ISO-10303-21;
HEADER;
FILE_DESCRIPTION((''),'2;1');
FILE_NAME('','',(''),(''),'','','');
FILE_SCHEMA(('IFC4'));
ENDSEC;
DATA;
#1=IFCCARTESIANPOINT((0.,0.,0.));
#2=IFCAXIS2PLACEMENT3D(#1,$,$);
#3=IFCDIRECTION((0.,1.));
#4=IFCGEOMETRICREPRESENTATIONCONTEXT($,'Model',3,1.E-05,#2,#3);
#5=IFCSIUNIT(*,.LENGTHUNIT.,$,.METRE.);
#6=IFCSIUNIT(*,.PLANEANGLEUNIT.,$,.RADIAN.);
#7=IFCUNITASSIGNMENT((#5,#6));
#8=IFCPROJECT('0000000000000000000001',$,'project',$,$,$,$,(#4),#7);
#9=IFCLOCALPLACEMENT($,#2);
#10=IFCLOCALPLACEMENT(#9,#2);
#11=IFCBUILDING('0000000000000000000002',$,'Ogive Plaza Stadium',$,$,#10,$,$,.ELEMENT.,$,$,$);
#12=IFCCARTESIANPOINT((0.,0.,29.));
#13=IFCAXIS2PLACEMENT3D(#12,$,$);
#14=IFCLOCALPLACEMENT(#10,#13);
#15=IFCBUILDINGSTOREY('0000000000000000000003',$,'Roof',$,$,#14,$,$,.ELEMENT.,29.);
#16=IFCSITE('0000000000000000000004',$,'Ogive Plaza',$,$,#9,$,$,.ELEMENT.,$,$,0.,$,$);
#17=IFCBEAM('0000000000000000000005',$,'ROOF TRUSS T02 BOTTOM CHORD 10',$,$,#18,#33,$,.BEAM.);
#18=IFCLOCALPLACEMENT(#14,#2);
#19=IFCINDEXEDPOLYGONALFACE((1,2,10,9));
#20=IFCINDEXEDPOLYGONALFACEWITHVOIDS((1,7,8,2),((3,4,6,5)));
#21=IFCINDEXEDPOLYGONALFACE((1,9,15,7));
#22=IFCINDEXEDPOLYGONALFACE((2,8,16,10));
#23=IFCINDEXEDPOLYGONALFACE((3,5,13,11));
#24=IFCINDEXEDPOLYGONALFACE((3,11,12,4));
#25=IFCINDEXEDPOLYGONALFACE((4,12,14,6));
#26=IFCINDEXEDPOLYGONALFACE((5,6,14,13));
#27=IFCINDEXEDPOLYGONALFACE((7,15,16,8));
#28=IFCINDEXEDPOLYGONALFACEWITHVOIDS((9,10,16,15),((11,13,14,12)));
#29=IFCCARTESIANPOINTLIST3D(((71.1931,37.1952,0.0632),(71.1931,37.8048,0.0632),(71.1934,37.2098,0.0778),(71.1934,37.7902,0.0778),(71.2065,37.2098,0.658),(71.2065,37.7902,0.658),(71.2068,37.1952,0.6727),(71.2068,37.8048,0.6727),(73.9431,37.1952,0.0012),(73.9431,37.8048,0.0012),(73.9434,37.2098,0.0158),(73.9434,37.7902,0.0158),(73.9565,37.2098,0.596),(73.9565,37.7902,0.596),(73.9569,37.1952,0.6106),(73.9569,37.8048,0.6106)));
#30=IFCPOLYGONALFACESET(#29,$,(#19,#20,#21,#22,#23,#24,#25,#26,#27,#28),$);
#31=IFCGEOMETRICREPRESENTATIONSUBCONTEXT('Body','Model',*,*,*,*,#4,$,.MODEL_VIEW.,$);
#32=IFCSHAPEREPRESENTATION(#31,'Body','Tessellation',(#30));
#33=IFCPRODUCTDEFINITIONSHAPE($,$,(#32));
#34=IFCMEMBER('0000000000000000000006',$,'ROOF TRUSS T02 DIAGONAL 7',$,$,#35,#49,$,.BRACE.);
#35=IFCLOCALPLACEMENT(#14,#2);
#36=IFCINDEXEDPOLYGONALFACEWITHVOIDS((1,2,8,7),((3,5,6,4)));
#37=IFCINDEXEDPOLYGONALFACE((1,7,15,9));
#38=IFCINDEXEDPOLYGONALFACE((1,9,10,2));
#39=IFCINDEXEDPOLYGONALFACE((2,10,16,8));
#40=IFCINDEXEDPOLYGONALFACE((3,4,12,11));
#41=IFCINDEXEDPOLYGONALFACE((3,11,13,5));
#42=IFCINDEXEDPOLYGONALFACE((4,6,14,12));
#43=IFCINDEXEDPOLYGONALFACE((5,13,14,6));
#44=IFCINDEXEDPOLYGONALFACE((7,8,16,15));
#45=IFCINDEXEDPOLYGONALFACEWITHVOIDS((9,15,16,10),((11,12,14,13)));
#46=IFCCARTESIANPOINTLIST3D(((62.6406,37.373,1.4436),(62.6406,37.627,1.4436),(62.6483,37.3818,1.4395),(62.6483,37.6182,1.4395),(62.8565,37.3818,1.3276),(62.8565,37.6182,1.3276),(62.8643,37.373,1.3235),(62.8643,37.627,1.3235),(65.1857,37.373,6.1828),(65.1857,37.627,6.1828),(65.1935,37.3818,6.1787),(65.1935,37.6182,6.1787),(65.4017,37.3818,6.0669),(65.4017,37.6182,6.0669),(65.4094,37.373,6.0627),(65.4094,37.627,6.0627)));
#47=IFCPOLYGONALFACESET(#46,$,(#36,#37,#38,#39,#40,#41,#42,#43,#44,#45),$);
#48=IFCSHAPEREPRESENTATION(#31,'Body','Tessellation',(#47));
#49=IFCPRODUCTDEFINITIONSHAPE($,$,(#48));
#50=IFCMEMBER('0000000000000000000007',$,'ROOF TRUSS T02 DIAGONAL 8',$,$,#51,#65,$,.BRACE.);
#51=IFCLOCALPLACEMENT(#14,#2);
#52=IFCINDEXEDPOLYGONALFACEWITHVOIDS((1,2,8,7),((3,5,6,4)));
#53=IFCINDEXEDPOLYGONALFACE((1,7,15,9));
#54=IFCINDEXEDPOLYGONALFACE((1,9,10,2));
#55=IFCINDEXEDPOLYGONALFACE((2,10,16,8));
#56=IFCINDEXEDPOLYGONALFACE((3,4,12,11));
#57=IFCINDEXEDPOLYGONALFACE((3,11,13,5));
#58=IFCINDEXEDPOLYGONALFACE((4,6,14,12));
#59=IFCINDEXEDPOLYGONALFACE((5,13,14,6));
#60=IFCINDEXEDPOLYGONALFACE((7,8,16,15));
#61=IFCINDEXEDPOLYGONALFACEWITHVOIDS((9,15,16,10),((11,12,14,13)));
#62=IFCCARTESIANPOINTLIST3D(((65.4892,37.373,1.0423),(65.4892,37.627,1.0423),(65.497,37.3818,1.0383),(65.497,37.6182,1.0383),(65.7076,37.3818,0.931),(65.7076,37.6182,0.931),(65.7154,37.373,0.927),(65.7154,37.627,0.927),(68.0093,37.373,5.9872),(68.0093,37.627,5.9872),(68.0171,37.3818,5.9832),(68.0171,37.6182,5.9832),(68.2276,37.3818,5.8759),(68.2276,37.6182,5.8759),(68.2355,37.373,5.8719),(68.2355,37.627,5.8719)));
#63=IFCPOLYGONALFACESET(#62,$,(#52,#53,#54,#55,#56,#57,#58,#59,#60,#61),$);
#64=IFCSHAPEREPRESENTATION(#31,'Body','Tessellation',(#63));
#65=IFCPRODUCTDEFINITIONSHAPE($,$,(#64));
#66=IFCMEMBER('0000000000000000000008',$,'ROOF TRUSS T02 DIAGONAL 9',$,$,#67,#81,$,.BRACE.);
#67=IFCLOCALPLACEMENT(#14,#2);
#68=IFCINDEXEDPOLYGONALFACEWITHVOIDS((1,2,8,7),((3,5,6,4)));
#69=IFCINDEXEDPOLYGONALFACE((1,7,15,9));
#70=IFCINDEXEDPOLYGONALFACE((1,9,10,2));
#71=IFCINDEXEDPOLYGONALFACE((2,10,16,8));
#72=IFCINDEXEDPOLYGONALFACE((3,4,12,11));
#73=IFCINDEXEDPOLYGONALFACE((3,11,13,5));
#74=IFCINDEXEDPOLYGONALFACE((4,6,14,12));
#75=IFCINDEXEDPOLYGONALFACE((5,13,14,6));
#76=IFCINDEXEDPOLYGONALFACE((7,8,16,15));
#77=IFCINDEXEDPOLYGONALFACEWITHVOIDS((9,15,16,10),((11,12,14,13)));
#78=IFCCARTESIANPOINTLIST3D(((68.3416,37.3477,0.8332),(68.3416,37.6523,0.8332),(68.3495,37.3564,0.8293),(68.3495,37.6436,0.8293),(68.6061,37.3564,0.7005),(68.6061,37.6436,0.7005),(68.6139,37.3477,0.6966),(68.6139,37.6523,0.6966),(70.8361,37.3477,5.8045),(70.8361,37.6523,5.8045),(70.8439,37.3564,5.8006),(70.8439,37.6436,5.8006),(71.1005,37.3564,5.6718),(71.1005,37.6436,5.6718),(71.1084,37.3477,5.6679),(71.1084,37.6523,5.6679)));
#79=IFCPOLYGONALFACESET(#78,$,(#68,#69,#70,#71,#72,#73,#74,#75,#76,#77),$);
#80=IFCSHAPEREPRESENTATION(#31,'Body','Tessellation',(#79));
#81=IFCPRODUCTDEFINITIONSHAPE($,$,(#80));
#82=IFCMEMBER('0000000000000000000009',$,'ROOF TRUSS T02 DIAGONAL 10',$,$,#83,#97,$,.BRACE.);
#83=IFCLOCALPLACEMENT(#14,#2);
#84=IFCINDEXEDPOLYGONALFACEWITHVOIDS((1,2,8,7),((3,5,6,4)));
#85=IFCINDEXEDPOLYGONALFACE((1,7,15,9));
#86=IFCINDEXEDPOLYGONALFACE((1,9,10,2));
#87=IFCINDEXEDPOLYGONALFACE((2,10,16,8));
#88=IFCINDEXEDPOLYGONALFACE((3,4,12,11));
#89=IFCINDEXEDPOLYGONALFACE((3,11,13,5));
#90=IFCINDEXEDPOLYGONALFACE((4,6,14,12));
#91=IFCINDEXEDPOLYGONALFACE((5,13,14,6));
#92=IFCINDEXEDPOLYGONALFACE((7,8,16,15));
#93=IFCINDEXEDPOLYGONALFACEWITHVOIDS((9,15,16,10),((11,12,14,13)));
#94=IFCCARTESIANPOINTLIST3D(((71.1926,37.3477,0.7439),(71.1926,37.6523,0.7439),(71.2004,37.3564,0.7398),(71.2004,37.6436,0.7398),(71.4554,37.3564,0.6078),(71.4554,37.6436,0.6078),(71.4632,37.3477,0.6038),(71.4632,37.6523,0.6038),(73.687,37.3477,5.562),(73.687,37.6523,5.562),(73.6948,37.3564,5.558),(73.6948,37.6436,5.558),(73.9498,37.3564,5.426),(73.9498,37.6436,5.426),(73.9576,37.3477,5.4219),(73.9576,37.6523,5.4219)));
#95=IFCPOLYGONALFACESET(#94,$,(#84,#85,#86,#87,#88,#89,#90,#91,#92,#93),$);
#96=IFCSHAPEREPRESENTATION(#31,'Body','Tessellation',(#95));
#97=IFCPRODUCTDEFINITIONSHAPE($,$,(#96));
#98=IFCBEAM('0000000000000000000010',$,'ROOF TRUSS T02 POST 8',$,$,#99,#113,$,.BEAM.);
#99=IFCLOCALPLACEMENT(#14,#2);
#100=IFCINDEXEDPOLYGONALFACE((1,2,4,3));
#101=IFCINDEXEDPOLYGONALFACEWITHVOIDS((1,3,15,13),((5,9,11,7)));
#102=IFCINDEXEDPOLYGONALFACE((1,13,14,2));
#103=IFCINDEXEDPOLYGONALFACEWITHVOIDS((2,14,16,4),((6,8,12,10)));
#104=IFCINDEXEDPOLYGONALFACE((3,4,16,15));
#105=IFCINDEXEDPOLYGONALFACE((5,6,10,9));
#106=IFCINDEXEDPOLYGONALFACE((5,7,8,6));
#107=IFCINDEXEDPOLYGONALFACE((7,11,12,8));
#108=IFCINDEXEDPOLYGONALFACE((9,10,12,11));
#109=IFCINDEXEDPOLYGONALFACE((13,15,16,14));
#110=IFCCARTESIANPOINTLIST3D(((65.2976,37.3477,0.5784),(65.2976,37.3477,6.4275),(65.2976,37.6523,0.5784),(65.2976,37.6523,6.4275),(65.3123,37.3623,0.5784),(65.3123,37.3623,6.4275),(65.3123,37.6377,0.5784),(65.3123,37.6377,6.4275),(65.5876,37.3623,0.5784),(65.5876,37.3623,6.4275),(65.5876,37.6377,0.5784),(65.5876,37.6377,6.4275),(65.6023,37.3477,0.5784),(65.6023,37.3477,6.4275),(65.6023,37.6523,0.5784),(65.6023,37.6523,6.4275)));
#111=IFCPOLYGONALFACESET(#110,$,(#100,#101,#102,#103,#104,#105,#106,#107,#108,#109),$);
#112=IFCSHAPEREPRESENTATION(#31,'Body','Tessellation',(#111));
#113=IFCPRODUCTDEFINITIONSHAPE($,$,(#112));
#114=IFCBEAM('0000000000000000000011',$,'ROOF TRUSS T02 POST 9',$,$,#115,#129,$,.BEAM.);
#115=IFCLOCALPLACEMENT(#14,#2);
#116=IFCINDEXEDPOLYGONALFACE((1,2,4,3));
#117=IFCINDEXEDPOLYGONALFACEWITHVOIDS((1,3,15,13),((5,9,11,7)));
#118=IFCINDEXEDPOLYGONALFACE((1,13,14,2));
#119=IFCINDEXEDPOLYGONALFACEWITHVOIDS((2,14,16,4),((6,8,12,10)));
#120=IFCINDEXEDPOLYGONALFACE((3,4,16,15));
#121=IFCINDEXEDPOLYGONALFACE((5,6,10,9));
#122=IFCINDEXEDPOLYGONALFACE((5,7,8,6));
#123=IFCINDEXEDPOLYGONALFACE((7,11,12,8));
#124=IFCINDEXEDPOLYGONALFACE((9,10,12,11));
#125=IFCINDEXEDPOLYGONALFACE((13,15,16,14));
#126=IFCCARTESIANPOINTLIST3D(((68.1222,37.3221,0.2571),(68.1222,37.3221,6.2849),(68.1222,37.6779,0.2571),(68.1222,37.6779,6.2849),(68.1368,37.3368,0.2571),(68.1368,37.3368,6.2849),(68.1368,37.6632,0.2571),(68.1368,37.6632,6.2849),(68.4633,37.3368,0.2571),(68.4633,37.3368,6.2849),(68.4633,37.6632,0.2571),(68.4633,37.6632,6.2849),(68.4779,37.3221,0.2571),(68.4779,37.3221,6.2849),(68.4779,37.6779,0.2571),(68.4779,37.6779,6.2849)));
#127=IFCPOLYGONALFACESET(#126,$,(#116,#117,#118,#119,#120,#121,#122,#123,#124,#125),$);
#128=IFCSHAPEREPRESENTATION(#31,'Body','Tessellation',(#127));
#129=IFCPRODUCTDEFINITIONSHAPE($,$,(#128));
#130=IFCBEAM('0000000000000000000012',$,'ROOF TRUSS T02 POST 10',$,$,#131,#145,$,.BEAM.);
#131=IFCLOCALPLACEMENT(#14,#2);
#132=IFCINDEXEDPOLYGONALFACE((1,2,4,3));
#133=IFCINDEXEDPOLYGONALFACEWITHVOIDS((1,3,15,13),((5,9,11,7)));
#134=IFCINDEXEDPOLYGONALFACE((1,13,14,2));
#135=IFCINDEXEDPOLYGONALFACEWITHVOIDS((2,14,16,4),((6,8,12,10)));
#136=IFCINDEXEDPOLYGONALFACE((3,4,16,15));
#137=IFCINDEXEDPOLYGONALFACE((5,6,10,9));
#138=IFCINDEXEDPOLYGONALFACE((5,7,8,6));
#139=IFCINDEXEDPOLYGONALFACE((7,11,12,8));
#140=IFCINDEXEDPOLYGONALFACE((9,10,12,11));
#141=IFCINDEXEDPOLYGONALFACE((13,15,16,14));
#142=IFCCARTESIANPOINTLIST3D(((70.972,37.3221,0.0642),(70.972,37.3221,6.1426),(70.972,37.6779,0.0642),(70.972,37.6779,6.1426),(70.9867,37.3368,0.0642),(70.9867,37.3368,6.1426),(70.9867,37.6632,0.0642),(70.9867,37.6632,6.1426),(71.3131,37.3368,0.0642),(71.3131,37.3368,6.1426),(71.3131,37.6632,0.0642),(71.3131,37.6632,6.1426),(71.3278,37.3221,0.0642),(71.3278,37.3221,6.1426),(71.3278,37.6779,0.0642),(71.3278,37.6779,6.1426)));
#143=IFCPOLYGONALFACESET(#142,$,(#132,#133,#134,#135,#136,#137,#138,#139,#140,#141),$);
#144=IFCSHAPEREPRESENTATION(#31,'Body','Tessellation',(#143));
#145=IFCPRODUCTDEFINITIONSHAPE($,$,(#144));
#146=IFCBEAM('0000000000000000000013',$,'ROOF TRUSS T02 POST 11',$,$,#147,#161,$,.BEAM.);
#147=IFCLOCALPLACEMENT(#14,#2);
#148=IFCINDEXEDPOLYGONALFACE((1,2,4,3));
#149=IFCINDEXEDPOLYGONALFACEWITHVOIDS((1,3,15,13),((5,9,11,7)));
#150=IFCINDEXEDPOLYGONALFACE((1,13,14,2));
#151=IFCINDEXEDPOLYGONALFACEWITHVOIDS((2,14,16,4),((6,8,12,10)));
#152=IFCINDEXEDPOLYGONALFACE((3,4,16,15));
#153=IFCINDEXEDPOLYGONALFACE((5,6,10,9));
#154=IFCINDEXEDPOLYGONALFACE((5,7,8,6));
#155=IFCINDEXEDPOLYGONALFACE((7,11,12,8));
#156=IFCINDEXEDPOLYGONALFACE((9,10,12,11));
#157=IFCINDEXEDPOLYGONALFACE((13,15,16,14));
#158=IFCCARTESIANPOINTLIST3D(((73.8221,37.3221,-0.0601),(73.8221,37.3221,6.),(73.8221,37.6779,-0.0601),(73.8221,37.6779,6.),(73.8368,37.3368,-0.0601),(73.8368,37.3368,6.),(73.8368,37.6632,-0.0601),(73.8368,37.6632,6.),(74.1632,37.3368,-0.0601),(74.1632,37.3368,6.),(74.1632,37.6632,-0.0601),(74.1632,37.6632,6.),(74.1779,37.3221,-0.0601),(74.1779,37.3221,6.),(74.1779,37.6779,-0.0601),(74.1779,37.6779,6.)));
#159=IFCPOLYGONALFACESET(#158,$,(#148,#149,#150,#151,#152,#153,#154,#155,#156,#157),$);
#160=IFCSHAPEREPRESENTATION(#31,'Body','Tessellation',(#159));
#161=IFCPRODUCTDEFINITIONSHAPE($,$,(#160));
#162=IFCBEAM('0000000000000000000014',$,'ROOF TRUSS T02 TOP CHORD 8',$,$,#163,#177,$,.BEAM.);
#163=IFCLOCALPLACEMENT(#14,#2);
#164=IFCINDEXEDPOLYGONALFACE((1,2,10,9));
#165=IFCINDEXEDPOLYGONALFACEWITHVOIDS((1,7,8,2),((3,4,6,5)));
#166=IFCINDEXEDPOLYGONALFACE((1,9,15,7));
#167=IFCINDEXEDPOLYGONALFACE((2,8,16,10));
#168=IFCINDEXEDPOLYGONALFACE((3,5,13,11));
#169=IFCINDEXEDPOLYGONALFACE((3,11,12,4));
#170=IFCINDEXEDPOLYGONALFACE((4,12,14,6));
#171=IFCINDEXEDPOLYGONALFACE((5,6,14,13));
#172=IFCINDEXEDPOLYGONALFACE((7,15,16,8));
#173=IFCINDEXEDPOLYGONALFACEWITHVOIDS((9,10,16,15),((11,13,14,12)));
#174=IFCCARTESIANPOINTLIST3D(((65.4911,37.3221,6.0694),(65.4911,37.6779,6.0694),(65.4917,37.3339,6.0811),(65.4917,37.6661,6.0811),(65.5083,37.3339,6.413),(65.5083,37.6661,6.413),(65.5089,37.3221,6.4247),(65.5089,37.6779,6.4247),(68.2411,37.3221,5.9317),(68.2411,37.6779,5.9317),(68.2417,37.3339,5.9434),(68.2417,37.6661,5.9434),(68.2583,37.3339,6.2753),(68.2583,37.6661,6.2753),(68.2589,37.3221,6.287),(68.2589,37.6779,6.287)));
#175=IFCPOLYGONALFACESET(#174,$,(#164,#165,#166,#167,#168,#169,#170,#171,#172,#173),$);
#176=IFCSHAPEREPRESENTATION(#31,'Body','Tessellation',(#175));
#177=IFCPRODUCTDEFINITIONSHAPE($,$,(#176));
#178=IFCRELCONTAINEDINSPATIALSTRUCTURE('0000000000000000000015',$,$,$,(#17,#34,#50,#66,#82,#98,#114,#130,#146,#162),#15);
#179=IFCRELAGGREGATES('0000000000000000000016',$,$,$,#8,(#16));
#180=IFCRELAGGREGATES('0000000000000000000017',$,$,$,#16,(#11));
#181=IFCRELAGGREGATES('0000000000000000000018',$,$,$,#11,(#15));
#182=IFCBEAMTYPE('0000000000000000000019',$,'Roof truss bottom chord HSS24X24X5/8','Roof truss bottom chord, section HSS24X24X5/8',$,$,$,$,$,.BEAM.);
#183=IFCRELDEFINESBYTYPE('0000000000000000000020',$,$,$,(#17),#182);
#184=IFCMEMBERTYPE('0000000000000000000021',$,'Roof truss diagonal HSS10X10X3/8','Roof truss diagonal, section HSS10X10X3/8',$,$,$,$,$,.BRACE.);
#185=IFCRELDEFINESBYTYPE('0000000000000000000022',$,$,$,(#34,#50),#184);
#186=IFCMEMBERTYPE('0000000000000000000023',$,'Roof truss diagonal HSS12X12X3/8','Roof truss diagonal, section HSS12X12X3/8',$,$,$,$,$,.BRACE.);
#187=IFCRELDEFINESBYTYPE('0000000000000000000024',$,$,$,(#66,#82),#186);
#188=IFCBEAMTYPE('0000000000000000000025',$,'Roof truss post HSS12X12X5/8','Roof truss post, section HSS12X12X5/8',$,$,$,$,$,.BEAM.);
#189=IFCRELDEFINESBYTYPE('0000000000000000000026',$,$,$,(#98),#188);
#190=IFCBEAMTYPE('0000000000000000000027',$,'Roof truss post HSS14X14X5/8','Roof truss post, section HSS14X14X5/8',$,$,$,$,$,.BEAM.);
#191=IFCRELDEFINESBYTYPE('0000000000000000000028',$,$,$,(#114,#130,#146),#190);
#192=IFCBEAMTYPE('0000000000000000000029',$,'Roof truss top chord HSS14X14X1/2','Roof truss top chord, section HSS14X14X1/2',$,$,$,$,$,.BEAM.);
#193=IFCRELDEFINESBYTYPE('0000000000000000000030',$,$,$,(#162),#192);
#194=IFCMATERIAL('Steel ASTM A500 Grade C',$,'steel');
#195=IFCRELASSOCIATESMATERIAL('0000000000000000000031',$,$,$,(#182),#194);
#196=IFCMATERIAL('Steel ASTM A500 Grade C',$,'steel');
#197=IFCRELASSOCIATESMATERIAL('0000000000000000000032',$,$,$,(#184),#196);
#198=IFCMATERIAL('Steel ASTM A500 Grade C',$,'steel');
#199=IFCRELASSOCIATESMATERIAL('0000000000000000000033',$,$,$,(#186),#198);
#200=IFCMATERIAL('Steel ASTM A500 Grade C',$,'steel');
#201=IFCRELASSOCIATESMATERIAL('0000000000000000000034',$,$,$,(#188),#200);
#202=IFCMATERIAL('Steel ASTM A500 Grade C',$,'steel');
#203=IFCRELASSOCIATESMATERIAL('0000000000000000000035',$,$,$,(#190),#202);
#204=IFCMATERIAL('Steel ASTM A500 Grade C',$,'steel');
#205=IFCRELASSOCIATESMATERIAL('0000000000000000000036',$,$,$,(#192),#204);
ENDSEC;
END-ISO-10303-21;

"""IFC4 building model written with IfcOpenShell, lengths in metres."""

from ifc_helpers import new_model, si_unit, direction, frame, origin, origin_2d, place, context, subcontext, project, spatial, hollow_rectangle, extrude, material, material_profile, profile_set, type_object, element, save


model = new_model("IFC4")

# Units and contexts
model_context = context("Model", 3, precision=1e-05, world=origin(), true_north=direction((0.0, 1.0)))
body_context = subcontext(model_context, "Body", "Model", "MODEL_VIEW")
ifc_project = project(units=[si_unit("LENGTHUNIT", "METRE"), si_unit("PLANEANGLEUNIT", "RADIAN")], contexts=[model_context])

# Site, building, storey
site_placement = place(None, origin())
site = spatial("IfcSite", under=ifc_project, at=site_placement, Name="Ogive Plaza", CompositionType="ELEMENT", RefElevation=0.0)
building_placement = place(site_placement, origin())
building = spatial("IfcBuilding", under=site, at=building_placement, Name="Ogive Plaza Stadium", CompositionType="ELEMENT")
storey_placement = place(building_placement, frame((0.0, 0.0, 29.0)))
storey = spatial("IfcBuildingStorey", under=building, at=storey_placement, Name="Roof", CompositionType="ELEMENT", Elevation=29.0)

# Beam
ifc_material_1 = material(Name="Steel ASTM A500 Grade C", Category="steel")
ifc_material_profile_1 = material_profile(ifc_material_1, hollow_rectangle(XDim=0.6096, YDim=0.6096, WallThickness=0.0146, at=origin_2d()), Name="HSS24X24X5/8")
ifc_profile_set_1 = profile_set([ifc_material_profile_1], Name="Steel ASTM A500 Grade C")
beam_type_1 = type_object("IfcBeamType", Name="Roof truss bottom chord HSS24X24X5/8", Description="Roof truss bottom chord, section HSS24X24X5/8", PredefinedType="BEAM", material=ifc_profile_set_1)
beam_1_placement = place(storey_placement, frame((71.2, 37.5, 0.3679), z_axis=(0.999746, 0.0, -0.022544), x_axis=(0.0, 1.0, 0.0)))
element("IfcBeam", 1, at=beam_1_placement, inside=storey, type_object=beam_type_1, Name="ROOF TRUSS T02 BOTTOM CHORD 10", PredefinedType="BEAM", context=body_context, shape_type="SweptSolid", body=[
    extrude(hollow_rectangle(XDim=0.6096, YDim=0.6096, WallThickness=0.0146, at=origin_2d()), origin(), (0.0, 0.0, 1.0), 2.7507),
])

# Members
ifc_material_2 = material(Name="Steel ASTM A500 Grade C", Category="steel")
ifc_material_profile_2 = material_profile(ifc_material_2, hollow_rectangle(XDim=0.2539, YDim=0.2539, WallThickness=0.0088, at=origin_2d()), Name="HSS10X10X3/8")
ifc_profile_set_2 = profile_set([ifc_material_profile_2], Name="Steel ASTM A500 Grade C")
member_type_1 = type_object("IfcMemberType", Name="Roof truss diagonal HSS10X10X3/8", Description="Roof truss diagonal, section HSS10X10X3/8", PredefinedType="BRACE", material=ifc_profile_set_2)
member_1_placement = place(storey_placement, frame((62.7524, 37.5, 1.3835), z_axis=(0.473128, 0.0, 0.880994), x_axis=(0.0, 1.0, 0.0)))
element("IfcMember", 2, at=member_1_placement, inside=storey, type_object=member_type_1, Name="ROOF TRUSS T02 DIAGONAL 7", PredefinedType="BRACE", context=body_context, shape_type="SweptSolid", body=[
    extrude(hollow_rectangle(XDim=0.2539, YDim=0.2539, WallThickness=0.0088, at=origin_2d()), origin(), (0.0, 0.0, 1.0), 5.3794),
])
member_2_placement = place(storey_placement, frame((65.6023, 37.5, 0.9846), z_axis=(0.454063, 0.0, 0.89097), x_axis=(0.0, 1.0, 0.0)))
element("IfcMember", 3, at=member_2_placement, inside=storey, type_object=member_type_1, Name="ROOF TRUSS T02 DIAGONAL 8", PredefinedType="BRACE", context=body_context, shape_type="SweptSolid", body=[
    extrude(hollow_rectangle(XDim=0.2539, YDim=0.2539, WallThickness=0.0088, at=origin_2d()), origin(), (0.0, 0.0, 1.0), 5.55),
])
ifc_material_3 = material(Name="Steel ASTM A500 Grade C", Category="steel")
ifc_material_profile_3 = material_profile(ifc_material_3, hollow_rectangle(XDim=0.3047, YDim=0.3047, WallThickness=0.0088, at=origin_2d()), Name="HSS12X12X3/8")
ifc_profile_set_3 = profile_set([ifc_material_profile_3], Name="Steel ASTM A500 Grade C")
member_type_2 = type_object("IfcMemberType", Name="Roof truss diagonal HSS12X12X3/8", Description="Roof truss diagonal, section HSS12X12X3/8", PredefinedType="BRACE", material=ifc_profile_set_3)
member_3_placement = place(storey_placement, frame((68.4778, 37.5, 0.7649), z_axis=(0.448477, 0.0, 0.893794), x_axis=(0.0, 1.0, 0.0)))
element("IfcMember", 4, at=member_3_placement, inside=storey, type_object=member_type_2, Name="ROOF TRUSS T02 DIAGONAL 9", PredefinedType="BRACE", context=body_context, shape_type="SweptSolid", body=[
    extrude(hollow_rectangle(XDim=0.3047, YDim=0.3047, WallThickness=0.0088, at=origin_2d()), origin(), (0.0, 0.0, 1.0), 5.562),
])
member_4_placement = place(storey_placement, frame((71.3279, 37.5, 0.6738), z_axis=(0.459751, 0.0, 0.888048), x_axis=(0.0, 1.0, 0.0)))
element("IfcMember", 5, at=member_4_placement, inside=storey, type_object=member_type_2, Name="ROOF TRUSS T02 DIAGONAL 10", PredefinedType="BRACE", context=body_context, shape_type="SweptSolid", body=[
    extrude(hollow_rectangle(XDim=0.3047, YDim=0.3047, WallThickness=0.0088, at=origin_2d()), origin(), (0.0, 0.0, 1.0), 5.4255),
])

# Beams
ifc_material_4 = material(Name="Steel ASTM A500 Grade C", Category="steel")
ifc_material_profile_4 = material_profile(ifc_material_4, hollow_rectangle(XDim=0.3047, YDim=0.3047, WallThickness=0.0146, at=origin_2d()), Name="HSS12X12X5/8")
ifc_profile_set_4 = profile_set([ifc_material_profile_4], Name="Steel ASTM A500 Grade C")
beam_type_2 = type_object("IfcBeamType", Name="Roof truss post HSS12X12X5/8", Description="Roof truss post, section HSS12X12X5/8", PredefinedType="BEAM", material=ifc_profile_set_4)
beam_2_placement = place(storey_placement, frame((65.45, 37.5, 0.5784), z_axis=(0.0, 0.0, 1.0), x_axis=(0.0, 1.0, 0.0)))
element("IfcBeam", 6, at=beam_2_placement, inside=storey, type_object=beam_type_2, Name="ROOF TRUSS T02 POST 8", PredefinedType="BEAM", context=body_context, shape_type="SweptSolid", body=[
    extrude(hollow_rectangle(XDim=0.3047, YDim=0.3047, WallThickness=0.0146, at=origin_2d()), origin(), (0.0, 0.0, 1.0), 5.8491),
])
ifc_material_5 = material(Name="Steel ASTM A500 Grade C", Category="steel")
ifc_material_profile_5 = material_profile(ifc_material_5, hollow_rectangle(XDim=0.3557, YDim=0.3557, WallThickness=0.0146, at=origin_2d()), Name="HSS14X14X5/8")
ifc_profile_set_5 = profile_set([ifc_material_profile_5], Name="Steel ASTM A500 Grade C")
beam_type_3 = type_object("IfcBeamType", Name="Roof truss post HSS14X14X5/8", Description="Roof truss post, section HSS14X14X5/8", PredefinedType="BEAM", material=ifc_profile_set_5)
beam_3_placement = place(storey_placement, frame((68.3, 37.5, 0.2571), z_axis=(0.0, 0.0, 1.0), x_axis=(0.0, 1.0, 0.0)))
element("IfcBeam", 7, at=beam_3_placement, inside=storey, type_object=beam_type_3, Name="ROOF TRUSS T02 POST 9", PredefinedType="BEAM", context=body_context, shape_type="SweptSolid", body=[
    extrude(hollow_rectangle(XDim=0.3557, YDim=0.3557, WallThickness=0.0146, at=origin_2d()), origin(), (0.0, 0.0, 1.0), 6.0278),
])
beam_4_placement = place(storey_placement, frame((71.1499, 37.5, 0.0642), z_axis=(0.0, 0.0, 1.0), x_axis=(0.0, 1.0, 0.0)))
element("IfcBeam", 8, at=beam_4_placement, inside=storey, type_object=beam_type_3, Name="ROOF TRUSS T02 POST 10", PredefinedType="BEAM", context=body_context, shape_type="SweptSolid", body=[
    extrude(hollow_rectangle(XDim=0.3557, YDim=0.3557, WallThickness=0.0146, at=origin_2d()), origin(), (0.0, 0.0, 1.0), 6.0784),
])
beam_5_placement = place(storey_placement, frame((74.0, 37.5, -0.0601), z_axis=(0.0, 0.0, 1.0), x_axis=(0.0, 1.0, 0.0)))
element("IfcBeam", 9, at=beam_5_placement, inside=storey, type_object=beam_type_3, Name="ROOF TRUSS T02 POST 11", PredefinedType="BEAM", context=body_context, shape_type="SweptSolid", body=[
    extrude(hollow_rectangle(XDim=0.3557, YDim=0.3557, WallThickness=0.0146, at=origin_2d()), origin(), (0.0, 0.0, 1.0), 6.0601),
])
ifc_material_6 = material(Name="Steel ASTM A500 Grade C", Category="steel")
ifc_material_profile_6 = material_profile(ifc_material_6, hollow_rectangle(XDim=0.3557, YDim=0.3557, WallThickness=0.0117, at=origin_2d()), Name="HSS14X14X1/2")
ifc_profile_set_6 = profile_set([ifc_material_profile_6], Name="Steel ASTM A500 Grade C")
beam_type_4 = type_object("IfcBeamType", Name="Roof truss top chord HSS14X14X1/2", Description="Roof truss top chord, section HSS14X14X1/2", PredefinedType="BEAM", material=ifc_profile_set_6)
beam_6_placement = place(storey_placement, frame((65.5, 37.5, 6.2471), z_axis=(0.998749, 0.0, -0.050008), x_axis=(0.0, 1.0, 0.0)))
element("IfcBeam", 10, at=beam_6_placement, inside=storey, type_object=beam_type_4, Name="ROOF TRUSS T02 TOP CHORD 8", PredefinedType="BEAM", context=body_context, shape_type="SweptSolid", body=[
    extrude(hollow_rectangle(XDim=0.3557, YDim=0.3557, WallThickness=0.0117, at=origin_2d()), origin(), (0.0, 0.0, 1.0), 2.7534),
])

save(model, "model.ifc")
